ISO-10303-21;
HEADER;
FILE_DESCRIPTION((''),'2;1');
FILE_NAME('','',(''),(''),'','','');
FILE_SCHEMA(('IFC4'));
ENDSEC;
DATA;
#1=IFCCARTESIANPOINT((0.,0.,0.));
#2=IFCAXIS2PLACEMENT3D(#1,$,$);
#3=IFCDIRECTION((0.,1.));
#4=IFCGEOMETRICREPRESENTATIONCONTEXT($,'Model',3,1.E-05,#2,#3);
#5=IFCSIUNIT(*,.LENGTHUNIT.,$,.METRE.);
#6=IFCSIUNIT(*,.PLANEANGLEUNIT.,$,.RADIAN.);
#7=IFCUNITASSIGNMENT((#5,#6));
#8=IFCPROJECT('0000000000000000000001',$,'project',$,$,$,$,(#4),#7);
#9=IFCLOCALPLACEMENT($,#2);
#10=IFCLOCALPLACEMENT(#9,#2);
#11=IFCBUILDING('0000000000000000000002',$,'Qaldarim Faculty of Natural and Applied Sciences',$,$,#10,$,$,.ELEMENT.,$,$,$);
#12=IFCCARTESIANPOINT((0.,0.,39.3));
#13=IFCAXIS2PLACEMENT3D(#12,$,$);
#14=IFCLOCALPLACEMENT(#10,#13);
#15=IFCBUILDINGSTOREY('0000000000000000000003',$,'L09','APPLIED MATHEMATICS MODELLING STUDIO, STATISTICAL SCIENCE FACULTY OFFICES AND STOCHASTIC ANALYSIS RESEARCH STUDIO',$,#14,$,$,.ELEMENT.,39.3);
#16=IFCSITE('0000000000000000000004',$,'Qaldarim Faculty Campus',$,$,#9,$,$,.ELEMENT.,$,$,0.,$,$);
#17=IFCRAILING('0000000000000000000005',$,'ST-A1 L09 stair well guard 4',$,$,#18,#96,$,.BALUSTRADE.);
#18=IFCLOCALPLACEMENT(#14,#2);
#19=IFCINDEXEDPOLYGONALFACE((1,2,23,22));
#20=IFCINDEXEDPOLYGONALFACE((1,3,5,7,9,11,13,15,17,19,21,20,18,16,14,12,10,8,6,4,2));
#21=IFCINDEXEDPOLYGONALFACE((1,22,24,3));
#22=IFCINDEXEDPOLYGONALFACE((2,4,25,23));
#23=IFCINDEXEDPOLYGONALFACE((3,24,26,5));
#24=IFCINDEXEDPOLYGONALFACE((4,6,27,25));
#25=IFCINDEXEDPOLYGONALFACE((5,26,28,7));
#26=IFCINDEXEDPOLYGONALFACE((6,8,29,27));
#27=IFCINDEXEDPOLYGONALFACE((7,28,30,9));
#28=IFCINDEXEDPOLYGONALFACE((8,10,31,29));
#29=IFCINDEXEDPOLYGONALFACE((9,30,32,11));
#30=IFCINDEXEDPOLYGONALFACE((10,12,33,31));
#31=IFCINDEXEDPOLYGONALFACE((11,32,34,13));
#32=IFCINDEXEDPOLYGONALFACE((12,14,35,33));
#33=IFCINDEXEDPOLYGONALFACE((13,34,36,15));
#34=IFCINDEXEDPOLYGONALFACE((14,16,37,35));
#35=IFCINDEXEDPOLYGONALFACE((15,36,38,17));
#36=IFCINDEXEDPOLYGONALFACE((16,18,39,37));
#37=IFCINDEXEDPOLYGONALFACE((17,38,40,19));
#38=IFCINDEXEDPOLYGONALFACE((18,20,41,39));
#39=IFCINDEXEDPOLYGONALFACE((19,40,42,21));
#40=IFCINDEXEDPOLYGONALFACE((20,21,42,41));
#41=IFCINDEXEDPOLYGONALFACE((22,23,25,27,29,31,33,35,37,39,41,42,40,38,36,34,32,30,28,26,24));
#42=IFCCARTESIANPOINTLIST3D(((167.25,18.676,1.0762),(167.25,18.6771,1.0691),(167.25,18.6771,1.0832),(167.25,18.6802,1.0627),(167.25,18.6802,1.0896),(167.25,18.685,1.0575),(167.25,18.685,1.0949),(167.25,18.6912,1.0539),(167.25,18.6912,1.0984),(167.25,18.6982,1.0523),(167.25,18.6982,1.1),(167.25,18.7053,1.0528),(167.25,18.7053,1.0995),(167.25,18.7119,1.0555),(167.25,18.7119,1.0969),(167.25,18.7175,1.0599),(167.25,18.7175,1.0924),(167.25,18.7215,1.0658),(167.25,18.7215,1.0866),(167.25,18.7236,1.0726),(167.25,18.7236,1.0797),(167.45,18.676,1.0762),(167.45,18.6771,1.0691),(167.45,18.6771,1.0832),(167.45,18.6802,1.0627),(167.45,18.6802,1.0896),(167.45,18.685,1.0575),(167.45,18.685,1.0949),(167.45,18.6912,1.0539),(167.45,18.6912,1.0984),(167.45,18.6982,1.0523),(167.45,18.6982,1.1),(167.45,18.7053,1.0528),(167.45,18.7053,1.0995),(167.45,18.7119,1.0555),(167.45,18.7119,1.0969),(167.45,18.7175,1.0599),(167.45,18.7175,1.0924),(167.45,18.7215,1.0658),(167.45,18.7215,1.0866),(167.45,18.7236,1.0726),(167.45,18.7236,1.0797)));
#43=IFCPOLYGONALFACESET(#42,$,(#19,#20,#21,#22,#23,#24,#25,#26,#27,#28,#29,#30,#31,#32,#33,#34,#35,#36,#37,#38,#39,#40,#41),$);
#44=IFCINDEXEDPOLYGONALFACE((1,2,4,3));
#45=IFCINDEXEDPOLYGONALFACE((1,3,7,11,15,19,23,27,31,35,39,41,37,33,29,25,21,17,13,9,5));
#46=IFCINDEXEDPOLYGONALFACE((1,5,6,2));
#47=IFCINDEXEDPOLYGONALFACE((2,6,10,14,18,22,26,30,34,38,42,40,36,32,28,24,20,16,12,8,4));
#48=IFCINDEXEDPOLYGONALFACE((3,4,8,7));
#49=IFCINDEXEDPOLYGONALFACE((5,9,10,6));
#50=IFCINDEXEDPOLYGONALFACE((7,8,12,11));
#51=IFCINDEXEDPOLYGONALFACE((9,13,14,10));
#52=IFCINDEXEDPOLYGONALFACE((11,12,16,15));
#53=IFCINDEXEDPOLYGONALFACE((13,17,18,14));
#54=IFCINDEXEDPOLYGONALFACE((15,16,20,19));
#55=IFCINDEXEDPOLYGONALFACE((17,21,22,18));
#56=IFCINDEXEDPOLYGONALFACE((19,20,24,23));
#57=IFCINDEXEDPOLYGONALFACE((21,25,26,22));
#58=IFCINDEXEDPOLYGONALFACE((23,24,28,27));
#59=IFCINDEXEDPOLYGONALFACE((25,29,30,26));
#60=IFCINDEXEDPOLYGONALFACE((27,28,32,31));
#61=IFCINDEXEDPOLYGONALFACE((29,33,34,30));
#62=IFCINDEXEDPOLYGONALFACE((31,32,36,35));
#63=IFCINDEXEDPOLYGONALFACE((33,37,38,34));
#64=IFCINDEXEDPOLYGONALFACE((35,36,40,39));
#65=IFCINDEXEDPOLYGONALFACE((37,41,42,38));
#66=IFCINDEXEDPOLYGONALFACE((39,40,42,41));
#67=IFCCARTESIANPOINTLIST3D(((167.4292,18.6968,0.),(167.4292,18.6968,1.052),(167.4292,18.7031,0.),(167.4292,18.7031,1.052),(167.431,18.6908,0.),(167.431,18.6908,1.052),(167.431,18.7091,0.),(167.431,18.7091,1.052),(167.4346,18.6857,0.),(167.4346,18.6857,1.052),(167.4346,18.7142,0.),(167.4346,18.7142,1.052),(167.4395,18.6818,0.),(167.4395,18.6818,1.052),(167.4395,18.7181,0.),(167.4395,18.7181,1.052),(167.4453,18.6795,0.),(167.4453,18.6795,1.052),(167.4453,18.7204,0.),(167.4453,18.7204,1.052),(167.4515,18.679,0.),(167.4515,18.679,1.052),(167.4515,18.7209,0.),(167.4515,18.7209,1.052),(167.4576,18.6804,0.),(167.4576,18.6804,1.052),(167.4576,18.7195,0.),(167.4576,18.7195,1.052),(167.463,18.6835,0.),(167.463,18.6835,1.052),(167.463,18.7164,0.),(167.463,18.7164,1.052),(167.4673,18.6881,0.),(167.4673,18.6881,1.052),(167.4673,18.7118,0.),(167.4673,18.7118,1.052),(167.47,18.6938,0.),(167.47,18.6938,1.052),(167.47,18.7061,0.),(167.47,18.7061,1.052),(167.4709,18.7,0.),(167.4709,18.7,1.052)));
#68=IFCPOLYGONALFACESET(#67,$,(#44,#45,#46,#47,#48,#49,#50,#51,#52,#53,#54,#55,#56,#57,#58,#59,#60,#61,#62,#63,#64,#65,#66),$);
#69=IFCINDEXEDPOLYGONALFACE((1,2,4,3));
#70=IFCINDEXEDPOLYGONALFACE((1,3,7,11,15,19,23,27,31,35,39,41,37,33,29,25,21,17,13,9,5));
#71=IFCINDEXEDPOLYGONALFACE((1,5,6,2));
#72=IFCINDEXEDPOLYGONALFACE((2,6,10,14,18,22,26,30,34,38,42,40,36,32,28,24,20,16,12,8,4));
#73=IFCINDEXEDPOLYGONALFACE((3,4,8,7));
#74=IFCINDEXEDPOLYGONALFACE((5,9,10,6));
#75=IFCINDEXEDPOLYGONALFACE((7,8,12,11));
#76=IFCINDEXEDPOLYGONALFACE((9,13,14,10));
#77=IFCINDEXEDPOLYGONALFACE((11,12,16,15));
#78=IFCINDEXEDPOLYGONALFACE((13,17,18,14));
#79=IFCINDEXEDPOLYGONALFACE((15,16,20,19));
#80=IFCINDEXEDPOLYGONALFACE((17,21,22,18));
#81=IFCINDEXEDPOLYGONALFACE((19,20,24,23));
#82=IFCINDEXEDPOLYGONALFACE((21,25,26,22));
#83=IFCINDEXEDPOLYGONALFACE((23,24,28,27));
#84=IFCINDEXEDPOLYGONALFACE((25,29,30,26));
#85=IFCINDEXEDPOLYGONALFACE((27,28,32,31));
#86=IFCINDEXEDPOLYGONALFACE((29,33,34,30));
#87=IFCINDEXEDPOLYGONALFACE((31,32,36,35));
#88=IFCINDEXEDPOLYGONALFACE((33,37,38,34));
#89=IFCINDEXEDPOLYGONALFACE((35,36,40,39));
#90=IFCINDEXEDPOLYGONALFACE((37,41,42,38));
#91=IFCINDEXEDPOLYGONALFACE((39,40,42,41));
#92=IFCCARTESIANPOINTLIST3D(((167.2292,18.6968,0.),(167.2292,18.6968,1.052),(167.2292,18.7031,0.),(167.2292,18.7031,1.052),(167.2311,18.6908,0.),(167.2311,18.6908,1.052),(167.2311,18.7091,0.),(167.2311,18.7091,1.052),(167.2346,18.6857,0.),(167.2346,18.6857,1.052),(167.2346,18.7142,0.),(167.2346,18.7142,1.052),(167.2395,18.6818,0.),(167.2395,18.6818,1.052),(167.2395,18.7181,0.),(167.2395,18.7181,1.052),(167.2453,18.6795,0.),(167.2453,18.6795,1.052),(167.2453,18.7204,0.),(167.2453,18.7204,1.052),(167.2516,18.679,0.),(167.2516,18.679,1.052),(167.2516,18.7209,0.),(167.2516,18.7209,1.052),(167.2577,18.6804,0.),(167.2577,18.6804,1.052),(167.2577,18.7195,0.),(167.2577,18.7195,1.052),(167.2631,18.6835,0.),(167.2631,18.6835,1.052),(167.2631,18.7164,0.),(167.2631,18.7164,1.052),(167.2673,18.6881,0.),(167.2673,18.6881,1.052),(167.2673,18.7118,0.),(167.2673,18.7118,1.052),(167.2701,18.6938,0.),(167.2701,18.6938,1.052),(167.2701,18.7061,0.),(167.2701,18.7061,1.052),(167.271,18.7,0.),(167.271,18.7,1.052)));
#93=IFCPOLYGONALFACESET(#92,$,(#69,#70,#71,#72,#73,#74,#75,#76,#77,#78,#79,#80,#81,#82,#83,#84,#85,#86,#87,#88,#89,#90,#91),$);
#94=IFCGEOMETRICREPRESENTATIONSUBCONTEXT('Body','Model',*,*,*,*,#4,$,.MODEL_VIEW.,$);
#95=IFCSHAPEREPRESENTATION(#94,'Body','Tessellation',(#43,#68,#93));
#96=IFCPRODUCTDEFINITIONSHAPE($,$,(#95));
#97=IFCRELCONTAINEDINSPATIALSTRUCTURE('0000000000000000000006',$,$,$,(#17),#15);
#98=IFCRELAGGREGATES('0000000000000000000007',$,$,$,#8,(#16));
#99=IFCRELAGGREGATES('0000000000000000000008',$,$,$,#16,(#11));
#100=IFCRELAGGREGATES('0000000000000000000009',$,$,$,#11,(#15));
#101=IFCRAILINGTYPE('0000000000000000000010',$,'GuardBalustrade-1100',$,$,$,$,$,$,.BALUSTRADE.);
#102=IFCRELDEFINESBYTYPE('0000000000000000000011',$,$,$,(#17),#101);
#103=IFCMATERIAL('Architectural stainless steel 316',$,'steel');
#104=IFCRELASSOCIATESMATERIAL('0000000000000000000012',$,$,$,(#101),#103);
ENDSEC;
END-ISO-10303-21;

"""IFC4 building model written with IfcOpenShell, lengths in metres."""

from ifc_helpers import new_model, si_unit, direction, frame, origin, origin_2d, place, context, subcontext, project, spatial, circle, extrude, material, type_object, element, save


model = new_model("IFC4")

# Units and contexts
model_context = context("Model", 3, precision=1e-05, world=origin(), true_north=direction((0.0, 1.0)))
body_context = subcontext(model_context, "Body", "Model", "MODEL_VIEW")
ifc_project = project(units=[si_unit("LENGTHUNIT", "METRE"), si_unit("PLANEANGLEUNIT", "RADIAN")], contexts=[model_context])

# Site, building, storey
site_placement = place(None, origin())
site = spatial("IfcSite", under=ifc_project, at=site_placement, Name="Qaldarim Faculty Campus", CompositionType="ELEMENT", RefElevation=0.0)
building_placement = place(site_placement, origin())
building = spatial("IfcBuilding", under=site, at=building_placement, Name="Qaldarim Faculty of Natural and Applied Sciences", CompositionType="ELEMENT")
storey_placement = place(building_placement, frame((0.0, 0.0, 39.3)))
storey = spatial("IfcBuildingStorey", under=building, at=storey_placement, Name="L09", Description="APPLIED MATHEMATICS MODELLING STUDIO, STATISTICAL SCIENCE FACULTY OFFICES AND STOCHASTIC ANALYSIS RESEARCH STUDIO", CompositionType="ELEMENT", Elevation=39.3)

# Shared definitions
ifc_material_1 = material(Name="Architectural stainless steel 316", Category="steel")

# Railing
railing_type = type_object("IfcRailingType", Name="GuardBalustrade-1100", PredefinedType="BALUSTRADE", material=ifc_material_1)
railing_1_placement = place(storey_placement, frame((167.45, 18.7, 0.0)))
element("IfcRailing", 1, at=railing_1_placement, inside=storey, type_object=railing_type, Name="ST-A1 L09 stair well guard 4", PredefinedType="BALUSTRADE", context=body_context, shape_type="SweptSolid", body=[
    extrude(circle(Radius=0.0239, at=origin_2d()), frame((0.0, 0.0, 1.0762), z_axis=(-1.0, 0.0, 0.0), x_axis=(0.0, -1.0, 0.0)), (0.0, 0.0, 1.0), 0.2),
    extrude(circle(Radius=0.021, at=origin_2d()), origin(), (0.0, 0.0, 1.0), 1.052),
    extrude(circle(Radius=0.021, at=origin_2d()), frame((-0.2, 0.0, 0.0)), (0.0, 0.0, 1.0), 1.052),
])

save(model, "model.ifc")
